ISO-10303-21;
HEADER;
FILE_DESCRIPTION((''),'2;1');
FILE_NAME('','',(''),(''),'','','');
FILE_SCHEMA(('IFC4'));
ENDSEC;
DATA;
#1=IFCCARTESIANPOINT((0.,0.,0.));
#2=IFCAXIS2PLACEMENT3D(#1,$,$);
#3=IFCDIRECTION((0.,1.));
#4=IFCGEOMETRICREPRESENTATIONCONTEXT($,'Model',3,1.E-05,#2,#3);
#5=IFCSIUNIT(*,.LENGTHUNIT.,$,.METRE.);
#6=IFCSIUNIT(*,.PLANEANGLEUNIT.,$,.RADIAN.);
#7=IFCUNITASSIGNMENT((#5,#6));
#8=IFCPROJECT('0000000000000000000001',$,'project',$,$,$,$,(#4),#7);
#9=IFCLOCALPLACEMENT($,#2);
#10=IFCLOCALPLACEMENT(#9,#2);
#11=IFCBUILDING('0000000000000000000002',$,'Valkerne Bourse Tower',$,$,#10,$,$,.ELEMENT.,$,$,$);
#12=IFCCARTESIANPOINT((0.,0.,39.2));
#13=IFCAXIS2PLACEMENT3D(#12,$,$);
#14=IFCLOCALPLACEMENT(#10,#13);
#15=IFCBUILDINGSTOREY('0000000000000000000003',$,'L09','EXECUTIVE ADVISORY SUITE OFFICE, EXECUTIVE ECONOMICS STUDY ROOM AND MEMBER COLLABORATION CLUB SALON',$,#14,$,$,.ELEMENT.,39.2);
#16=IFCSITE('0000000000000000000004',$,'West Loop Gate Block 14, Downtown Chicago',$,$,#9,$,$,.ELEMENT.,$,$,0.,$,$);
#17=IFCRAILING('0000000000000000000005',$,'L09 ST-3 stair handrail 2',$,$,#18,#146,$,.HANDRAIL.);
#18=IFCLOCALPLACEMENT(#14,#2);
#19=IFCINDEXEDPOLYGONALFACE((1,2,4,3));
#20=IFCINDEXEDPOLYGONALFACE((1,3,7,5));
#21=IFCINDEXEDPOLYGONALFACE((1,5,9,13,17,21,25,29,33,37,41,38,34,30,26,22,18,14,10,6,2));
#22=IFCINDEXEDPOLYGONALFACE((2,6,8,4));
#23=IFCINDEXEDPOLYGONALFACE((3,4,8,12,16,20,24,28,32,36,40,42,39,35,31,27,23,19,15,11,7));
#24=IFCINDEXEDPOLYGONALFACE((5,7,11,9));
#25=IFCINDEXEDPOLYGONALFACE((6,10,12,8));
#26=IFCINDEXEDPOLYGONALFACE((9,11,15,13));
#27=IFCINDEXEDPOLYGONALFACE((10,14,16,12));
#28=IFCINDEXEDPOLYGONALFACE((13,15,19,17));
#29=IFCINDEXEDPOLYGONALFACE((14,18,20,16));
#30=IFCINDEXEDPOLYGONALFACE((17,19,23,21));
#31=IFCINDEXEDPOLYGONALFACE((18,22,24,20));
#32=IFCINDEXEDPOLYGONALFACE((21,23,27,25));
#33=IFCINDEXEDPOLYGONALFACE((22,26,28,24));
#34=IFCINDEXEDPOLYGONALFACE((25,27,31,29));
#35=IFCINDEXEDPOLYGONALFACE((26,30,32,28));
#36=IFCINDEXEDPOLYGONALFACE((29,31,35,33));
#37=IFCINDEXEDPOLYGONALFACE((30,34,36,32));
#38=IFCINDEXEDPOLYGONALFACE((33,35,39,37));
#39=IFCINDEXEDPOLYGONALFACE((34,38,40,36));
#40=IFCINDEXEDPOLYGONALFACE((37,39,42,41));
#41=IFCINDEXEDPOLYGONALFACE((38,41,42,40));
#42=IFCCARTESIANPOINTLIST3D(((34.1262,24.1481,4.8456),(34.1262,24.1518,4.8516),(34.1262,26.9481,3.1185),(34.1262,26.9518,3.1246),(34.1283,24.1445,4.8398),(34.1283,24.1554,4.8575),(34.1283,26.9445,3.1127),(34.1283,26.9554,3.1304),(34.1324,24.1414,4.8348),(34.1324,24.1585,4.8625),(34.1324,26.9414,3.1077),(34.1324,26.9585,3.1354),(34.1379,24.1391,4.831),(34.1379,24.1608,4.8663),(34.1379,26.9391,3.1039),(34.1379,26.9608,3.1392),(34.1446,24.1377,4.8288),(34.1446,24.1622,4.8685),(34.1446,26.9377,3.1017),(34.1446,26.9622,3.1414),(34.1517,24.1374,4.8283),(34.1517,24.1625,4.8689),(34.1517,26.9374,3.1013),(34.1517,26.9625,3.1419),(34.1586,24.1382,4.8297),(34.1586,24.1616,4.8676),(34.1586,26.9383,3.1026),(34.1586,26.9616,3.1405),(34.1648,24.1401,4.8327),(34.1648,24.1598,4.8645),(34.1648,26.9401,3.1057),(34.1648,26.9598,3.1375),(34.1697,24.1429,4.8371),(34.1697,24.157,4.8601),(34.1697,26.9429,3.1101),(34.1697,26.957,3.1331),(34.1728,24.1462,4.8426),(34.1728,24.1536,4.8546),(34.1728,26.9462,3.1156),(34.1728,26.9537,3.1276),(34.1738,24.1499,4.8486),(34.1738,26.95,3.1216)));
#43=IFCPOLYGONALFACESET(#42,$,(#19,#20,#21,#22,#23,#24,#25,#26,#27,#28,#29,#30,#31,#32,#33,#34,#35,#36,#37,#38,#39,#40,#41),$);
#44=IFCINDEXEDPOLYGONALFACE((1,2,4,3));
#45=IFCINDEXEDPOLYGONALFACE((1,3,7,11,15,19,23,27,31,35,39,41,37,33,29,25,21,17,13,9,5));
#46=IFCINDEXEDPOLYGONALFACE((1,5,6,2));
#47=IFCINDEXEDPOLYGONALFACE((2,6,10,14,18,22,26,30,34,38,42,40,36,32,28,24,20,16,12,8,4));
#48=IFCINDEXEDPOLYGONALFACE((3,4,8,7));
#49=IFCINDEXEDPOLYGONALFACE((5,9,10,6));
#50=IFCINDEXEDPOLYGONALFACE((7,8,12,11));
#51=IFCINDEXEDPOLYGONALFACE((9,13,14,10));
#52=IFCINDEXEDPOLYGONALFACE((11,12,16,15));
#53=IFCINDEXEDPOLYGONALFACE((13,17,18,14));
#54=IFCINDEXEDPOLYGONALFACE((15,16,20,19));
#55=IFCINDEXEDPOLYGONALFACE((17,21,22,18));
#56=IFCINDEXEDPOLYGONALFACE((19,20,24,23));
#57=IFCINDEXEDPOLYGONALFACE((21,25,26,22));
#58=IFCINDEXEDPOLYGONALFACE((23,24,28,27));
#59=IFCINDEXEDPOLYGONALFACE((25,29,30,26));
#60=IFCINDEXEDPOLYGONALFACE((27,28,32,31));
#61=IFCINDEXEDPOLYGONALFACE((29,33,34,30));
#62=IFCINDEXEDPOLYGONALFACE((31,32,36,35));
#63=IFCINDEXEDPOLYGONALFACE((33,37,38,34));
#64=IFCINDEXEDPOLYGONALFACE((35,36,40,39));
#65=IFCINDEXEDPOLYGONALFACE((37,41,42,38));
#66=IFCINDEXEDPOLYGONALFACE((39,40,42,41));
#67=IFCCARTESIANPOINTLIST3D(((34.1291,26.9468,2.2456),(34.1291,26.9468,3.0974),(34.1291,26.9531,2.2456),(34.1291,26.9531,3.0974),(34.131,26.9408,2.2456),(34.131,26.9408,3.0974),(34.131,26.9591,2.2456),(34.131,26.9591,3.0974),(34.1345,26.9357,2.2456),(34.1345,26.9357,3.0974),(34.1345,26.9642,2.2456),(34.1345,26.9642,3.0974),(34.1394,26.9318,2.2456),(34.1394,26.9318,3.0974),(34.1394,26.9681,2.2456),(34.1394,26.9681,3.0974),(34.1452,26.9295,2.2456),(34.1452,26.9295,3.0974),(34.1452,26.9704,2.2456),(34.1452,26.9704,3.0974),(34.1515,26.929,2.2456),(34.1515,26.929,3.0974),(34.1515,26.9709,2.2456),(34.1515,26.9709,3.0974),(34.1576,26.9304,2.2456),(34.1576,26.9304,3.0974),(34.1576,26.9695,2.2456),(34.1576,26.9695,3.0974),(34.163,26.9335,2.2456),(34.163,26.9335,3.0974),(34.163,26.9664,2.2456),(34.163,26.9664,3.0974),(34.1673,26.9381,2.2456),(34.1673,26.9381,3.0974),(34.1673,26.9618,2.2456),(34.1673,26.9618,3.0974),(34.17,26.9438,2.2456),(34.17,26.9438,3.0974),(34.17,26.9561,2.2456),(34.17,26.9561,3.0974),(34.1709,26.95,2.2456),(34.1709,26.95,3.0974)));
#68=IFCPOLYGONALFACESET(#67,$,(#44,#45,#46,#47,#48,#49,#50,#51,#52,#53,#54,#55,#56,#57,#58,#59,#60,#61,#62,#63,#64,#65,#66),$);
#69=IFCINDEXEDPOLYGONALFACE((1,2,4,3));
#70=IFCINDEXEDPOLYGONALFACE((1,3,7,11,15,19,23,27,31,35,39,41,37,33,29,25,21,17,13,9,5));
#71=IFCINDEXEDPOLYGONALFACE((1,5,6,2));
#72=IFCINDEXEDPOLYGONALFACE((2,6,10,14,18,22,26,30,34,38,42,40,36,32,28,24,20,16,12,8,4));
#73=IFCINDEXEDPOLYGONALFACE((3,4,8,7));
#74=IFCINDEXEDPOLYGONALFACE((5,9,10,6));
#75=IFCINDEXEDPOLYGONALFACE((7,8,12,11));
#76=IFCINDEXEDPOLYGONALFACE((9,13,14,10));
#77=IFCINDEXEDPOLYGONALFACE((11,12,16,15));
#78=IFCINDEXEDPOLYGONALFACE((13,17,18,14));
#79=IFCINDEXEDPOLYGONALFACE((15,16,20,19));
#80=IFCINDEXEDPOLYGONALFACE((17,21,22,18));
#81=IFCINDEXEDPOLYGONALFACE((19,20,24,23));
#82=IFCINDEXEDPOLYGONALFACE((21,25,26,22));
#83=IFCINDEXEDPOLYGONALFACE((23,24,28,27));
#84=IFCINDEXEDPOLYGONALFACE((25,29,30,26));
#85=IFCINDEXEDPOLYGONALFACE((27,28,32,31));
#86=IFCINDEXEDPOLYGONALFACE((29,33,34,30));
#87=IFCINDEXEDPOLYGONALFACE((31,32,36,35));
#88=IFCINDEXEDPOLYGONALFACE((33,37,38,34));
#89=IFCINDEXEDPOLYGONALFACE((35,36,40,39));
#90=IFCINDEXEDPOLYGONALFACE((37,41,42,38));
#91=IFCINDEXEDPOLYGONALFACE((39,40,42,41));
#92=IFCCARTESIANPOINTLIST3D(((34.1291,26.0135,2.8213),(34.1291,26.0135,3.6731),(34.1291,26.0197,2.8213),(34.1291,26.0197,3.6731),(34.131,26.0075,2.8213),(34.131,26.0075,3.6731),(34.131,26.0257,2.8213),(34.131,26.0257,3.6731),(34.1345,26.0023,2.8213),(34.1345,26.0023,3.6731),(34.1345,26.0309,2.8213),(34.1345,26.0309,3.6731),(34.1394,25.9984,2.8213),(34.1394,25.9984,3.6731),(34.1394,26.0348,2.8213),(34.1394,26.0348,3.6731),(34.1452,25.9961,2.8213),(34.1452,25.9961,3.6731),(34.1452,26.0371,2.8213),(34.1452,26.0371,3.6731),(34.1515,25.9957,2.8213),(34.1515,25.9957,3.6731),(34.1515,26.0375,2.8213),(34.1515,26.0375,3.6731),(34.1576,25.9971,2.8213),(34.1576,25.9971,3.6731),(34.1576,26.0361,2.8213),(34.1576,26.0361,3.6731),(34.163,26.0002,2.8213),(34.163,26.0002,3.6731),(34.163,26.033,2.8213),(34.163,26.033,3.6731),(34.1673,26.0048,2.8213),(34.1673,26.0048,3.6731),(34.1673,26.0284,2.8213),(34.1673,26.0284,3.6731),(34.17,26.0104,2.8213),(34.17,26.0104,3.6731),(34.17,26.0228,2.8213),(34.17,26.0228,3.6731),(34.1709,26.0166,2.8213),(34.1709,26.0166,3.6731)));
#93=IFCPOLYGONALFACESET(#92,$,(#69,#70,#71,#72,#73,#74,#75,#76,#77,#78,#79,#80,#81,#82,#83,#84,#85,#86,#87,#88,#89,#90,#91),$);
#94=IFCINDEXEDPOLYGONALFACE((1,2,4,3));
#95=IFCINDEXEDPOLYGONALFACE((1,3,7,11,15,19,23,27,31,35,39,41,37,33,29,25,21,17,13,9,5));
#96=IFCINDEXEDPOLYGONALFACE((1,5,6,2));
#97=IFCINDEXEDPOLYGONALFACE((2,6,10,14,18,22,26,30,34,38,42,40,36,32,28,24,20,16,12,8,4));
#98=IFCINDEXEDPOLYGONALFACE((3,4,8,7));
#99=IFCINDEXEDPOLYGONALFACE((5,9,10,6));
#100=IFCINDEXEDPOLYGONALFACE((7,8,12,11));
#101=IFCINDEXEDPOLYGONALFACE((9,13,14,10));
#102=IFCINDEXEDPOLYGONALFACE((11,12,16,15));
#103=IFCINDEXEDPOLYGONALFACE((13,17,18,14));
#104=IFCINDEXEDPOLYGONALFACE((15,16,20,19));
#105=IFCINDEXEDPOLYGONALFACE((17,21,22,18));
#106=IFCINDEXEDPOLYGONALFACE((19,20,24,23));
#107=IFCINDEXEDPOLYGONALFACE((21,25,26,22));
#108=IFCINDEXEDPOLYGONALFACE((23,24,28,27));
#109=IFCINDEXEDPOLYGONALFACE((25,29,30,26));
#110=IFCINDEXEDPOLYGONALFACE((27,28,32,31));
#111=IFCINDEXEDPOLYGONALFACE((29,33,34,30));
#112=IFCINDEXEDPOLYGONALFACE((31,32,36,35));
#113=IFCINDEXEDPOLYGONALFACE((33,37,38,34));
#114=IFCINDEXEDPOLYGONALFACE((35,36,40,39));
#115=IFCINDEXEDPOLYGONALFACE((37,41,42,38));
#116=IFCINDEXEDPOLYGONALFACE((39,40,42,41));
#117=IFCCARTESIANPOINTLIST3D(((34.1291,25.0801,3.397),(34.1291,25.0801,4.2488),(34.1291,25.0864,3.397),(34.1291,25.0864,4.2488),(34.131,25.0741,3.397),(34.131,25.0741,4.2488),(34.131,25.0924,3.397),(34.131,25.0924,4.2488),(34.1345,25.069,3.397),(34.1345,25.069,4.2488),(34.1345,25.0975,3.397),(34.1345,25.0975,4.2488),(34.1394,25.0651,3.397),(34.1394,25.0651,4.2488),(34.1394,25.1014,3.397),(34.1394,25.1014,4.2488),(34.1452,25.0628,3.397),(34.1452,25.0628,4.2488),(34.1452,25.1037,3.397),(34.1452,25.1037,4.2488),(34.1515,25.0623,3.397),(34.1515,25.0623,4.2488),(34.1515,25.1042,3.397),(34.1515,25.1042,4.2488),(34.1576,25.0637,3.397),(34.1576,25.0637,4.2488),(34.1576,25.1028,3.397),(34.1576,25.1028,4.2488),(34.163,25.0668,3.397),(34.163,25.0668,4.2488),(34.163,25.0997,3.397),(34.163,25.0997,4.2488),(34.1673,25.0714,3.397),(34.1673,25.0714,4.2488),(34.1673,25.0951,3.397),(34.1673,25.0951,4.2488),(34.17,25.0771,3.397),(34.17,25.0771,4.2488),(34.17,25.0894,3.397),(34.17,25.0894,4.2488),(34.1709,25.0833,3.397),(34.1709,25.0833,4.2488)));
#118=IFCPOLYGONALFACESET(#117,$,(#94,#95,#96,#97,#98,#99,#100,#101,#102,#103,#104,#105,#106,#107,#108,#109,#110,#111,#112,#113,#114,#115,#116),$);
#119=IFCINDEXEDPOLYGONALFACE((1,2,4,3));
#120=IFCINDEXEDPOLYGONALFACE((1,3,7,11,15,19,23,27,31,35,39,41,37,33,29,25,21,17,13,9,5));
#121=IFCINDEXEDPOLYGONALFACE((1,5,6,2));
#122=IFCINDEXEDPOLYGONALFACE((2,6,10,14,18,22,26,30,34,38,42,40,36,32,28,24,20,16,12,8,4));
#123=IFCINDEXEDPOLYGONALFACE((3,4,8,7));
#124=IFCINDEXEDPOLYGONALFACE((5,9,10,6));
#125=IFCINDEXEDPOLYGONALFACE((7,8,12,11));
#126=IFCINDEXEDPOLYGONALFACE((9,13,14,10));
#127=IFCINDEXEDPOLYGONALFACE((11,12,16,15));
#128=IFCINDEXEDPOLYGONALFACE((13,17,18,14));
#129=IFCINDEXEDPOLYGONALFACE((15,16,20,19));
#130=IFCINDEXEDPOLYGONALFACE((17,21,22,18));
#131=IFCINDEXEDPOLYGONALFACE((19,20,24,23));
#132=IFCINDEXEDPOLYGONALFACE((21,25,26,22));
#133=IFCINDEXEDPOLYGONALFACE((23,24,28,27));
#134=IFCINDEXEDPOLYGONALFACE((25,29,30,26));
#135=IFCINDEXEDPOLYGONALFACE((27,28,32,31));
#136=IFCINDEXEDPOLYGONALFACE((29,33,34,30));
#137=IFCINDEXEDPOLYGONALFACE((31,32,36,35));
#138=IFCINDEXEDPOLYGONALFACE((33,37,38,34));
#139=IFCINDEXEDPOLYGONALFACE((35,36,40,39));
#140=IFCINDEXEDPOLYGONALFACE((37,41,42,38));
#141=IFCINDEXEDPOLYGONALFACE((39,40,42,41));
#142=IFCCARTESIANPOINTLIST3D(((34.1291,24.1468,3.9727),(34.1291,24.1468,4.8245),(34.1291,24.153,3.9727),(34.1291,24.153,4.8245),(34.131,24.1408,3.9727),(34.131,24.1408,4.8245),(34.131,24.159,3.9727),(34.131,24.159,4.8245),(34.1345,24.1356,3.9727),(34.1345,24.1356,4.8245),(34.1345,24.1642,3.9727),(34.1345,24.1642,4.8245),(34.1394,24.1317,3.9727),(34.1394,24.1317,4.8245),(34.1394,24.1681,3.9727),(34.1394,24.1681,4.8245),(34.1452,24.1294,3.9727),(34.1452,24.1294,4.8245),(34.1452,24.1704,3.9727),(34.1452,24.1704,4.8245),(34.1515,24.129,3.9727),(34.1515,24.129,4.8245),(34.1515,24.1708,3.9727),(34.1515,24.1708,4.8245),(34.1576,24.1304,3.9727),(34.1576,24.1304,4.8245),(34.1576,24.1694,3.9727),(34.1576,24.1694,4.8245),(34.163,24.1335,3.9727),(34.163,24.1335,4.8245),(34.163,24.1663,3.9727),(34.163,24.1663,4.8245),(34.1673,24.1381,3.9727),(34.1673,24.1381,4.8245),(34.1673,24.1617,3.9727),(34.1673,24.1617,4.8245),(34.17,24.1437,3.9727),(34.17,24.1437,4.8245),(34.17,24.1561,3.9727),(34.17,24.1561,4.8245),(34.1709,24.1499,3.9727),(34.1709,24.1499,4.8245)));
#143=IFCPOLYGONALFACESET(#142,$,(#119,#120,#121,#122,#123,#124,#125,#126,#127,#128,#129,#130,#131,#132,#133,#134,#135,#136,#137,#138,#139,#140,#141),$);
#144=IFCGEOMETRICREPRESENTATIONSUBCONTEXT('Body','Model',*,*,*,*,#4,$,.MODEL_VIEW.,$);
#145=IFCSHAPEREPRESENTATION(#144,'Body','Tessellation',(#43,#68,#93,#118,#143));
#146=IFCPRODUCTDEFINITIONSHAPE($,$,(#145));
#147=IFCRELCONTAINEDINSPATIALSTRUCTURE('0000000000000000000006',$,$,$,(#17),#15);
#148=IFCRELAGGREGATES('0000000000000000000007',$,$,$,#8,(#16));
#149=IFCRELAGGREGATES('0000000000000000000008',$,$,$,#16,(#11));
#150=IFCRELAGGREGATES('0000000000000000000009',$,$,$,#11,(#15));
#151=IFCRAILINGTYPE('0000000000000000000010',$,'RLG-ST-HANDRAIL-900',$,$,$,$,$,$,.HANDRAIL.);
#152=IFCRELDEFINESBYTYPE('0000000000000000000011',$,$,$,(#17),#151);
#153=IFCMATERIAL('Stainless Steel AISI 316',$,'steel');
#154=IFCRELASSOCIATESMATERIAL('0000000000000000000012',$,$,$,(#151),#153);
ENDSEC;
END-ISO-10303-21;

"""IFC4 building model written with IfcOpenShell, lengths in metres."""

from ifc_helpers import new_model, si_unit, direction, frame, origin, origin_2d, place, context, subcontext, project, spatial, circle, extrude, material, type_object, element, save


model = new_model("IFC4")

# Units and contexts
model_context = context("Model", 3, precision=1e-05, world=origin(), true_north=direction((0.0, 1.0)))
body_context = subcontext(model_context, "Body", "Model", "MODEL_VIEW")
ifc_project = project(units=[si_unit("LENGTHUNIT", "METRE"), si_unit("PLANEANGLEUNIT", "RADIAN")], contexts=[model_context])

# Site, building, storey
site_placement = place(None, origin())
site = spatial("IfcSite", under=ifc_project, at=site_placement, Name="West Loop Gate Block 14, Downtown Chicago", CompositionType="ELEMENT", RefElevation=0.0)
building_placement = place(site_placement, origin())
building = spatial("IfcBuilding", under=site, at=building_placement, Name="Valkerne Bourse Tower", CompositionType="ELEMENT")
storey_placement = place(building_placement, frame((0.0, 0.0, 39.2)))
storey = spatial("IfcBuildingStorey", under=building, at=storey_placement, Name="L09", Description="EXECUTIVE ADVISORY SUITE OFFICE, EXECUTIVE ECONOMICS STUDY ROOM AND MEMBER COLLABORATION CLUB SALON", CompositionType="ELEMENT", Elevation=39.2)

# Railing
ifc_material_1 = material(Name="Stainless Steel AISI 316", Category="steel")
railing_type_1 = type_object("IfcRailingType", Name="RLG-ST-HANDRAIL-900", PredefinedType="HANDRAIL", material=ifc_material_1)
railing_1_placement = place(storey_placement, frame((34.1499, 26.95, 2.2456)))
element("IfcRailing", 1, at=railing_1_placement, inside=storey, type_object=railing_type_1, Name="L09 ST-3 stair handrail 2", PredefinedType="HANDRAIL", context=body_context, shape_type="SweptSolid", body=[
    extrude(circle(Radius=0.0239, at=origin_2d()), frame((0.0, 0.0, 0.876), z_axis=(0.0, -0.851123, 0.524967), x_axis=(1.0, 0.0, 0.0)), (0.0, 0.0, 1.0), 3.2898),
    extrude(circle(Radius=0.021, at=origin_2d()), origin(), (0.0, 0.0, 1.0), 0.8518),
    extrude(circle(Radius=0.021, at=origin_2d()), frame((0.0, -0.9333, 0.5757)), (0.0, 0.0, 1.0), 0.8518),
    extrude(circle(Radius=0.021, at=origin_2d()), frame((0.0, -1.8667, 1.1514)), (0.0, 0.0, 1.0), 0.8518),
    extrude(circle(Radius=0.021, at=origin_2d()), frame((0.0, -2.8, 1.7271)), (0.0, 0.0, 1.0), 0.8518),
])

save(model, "model.ifc")
